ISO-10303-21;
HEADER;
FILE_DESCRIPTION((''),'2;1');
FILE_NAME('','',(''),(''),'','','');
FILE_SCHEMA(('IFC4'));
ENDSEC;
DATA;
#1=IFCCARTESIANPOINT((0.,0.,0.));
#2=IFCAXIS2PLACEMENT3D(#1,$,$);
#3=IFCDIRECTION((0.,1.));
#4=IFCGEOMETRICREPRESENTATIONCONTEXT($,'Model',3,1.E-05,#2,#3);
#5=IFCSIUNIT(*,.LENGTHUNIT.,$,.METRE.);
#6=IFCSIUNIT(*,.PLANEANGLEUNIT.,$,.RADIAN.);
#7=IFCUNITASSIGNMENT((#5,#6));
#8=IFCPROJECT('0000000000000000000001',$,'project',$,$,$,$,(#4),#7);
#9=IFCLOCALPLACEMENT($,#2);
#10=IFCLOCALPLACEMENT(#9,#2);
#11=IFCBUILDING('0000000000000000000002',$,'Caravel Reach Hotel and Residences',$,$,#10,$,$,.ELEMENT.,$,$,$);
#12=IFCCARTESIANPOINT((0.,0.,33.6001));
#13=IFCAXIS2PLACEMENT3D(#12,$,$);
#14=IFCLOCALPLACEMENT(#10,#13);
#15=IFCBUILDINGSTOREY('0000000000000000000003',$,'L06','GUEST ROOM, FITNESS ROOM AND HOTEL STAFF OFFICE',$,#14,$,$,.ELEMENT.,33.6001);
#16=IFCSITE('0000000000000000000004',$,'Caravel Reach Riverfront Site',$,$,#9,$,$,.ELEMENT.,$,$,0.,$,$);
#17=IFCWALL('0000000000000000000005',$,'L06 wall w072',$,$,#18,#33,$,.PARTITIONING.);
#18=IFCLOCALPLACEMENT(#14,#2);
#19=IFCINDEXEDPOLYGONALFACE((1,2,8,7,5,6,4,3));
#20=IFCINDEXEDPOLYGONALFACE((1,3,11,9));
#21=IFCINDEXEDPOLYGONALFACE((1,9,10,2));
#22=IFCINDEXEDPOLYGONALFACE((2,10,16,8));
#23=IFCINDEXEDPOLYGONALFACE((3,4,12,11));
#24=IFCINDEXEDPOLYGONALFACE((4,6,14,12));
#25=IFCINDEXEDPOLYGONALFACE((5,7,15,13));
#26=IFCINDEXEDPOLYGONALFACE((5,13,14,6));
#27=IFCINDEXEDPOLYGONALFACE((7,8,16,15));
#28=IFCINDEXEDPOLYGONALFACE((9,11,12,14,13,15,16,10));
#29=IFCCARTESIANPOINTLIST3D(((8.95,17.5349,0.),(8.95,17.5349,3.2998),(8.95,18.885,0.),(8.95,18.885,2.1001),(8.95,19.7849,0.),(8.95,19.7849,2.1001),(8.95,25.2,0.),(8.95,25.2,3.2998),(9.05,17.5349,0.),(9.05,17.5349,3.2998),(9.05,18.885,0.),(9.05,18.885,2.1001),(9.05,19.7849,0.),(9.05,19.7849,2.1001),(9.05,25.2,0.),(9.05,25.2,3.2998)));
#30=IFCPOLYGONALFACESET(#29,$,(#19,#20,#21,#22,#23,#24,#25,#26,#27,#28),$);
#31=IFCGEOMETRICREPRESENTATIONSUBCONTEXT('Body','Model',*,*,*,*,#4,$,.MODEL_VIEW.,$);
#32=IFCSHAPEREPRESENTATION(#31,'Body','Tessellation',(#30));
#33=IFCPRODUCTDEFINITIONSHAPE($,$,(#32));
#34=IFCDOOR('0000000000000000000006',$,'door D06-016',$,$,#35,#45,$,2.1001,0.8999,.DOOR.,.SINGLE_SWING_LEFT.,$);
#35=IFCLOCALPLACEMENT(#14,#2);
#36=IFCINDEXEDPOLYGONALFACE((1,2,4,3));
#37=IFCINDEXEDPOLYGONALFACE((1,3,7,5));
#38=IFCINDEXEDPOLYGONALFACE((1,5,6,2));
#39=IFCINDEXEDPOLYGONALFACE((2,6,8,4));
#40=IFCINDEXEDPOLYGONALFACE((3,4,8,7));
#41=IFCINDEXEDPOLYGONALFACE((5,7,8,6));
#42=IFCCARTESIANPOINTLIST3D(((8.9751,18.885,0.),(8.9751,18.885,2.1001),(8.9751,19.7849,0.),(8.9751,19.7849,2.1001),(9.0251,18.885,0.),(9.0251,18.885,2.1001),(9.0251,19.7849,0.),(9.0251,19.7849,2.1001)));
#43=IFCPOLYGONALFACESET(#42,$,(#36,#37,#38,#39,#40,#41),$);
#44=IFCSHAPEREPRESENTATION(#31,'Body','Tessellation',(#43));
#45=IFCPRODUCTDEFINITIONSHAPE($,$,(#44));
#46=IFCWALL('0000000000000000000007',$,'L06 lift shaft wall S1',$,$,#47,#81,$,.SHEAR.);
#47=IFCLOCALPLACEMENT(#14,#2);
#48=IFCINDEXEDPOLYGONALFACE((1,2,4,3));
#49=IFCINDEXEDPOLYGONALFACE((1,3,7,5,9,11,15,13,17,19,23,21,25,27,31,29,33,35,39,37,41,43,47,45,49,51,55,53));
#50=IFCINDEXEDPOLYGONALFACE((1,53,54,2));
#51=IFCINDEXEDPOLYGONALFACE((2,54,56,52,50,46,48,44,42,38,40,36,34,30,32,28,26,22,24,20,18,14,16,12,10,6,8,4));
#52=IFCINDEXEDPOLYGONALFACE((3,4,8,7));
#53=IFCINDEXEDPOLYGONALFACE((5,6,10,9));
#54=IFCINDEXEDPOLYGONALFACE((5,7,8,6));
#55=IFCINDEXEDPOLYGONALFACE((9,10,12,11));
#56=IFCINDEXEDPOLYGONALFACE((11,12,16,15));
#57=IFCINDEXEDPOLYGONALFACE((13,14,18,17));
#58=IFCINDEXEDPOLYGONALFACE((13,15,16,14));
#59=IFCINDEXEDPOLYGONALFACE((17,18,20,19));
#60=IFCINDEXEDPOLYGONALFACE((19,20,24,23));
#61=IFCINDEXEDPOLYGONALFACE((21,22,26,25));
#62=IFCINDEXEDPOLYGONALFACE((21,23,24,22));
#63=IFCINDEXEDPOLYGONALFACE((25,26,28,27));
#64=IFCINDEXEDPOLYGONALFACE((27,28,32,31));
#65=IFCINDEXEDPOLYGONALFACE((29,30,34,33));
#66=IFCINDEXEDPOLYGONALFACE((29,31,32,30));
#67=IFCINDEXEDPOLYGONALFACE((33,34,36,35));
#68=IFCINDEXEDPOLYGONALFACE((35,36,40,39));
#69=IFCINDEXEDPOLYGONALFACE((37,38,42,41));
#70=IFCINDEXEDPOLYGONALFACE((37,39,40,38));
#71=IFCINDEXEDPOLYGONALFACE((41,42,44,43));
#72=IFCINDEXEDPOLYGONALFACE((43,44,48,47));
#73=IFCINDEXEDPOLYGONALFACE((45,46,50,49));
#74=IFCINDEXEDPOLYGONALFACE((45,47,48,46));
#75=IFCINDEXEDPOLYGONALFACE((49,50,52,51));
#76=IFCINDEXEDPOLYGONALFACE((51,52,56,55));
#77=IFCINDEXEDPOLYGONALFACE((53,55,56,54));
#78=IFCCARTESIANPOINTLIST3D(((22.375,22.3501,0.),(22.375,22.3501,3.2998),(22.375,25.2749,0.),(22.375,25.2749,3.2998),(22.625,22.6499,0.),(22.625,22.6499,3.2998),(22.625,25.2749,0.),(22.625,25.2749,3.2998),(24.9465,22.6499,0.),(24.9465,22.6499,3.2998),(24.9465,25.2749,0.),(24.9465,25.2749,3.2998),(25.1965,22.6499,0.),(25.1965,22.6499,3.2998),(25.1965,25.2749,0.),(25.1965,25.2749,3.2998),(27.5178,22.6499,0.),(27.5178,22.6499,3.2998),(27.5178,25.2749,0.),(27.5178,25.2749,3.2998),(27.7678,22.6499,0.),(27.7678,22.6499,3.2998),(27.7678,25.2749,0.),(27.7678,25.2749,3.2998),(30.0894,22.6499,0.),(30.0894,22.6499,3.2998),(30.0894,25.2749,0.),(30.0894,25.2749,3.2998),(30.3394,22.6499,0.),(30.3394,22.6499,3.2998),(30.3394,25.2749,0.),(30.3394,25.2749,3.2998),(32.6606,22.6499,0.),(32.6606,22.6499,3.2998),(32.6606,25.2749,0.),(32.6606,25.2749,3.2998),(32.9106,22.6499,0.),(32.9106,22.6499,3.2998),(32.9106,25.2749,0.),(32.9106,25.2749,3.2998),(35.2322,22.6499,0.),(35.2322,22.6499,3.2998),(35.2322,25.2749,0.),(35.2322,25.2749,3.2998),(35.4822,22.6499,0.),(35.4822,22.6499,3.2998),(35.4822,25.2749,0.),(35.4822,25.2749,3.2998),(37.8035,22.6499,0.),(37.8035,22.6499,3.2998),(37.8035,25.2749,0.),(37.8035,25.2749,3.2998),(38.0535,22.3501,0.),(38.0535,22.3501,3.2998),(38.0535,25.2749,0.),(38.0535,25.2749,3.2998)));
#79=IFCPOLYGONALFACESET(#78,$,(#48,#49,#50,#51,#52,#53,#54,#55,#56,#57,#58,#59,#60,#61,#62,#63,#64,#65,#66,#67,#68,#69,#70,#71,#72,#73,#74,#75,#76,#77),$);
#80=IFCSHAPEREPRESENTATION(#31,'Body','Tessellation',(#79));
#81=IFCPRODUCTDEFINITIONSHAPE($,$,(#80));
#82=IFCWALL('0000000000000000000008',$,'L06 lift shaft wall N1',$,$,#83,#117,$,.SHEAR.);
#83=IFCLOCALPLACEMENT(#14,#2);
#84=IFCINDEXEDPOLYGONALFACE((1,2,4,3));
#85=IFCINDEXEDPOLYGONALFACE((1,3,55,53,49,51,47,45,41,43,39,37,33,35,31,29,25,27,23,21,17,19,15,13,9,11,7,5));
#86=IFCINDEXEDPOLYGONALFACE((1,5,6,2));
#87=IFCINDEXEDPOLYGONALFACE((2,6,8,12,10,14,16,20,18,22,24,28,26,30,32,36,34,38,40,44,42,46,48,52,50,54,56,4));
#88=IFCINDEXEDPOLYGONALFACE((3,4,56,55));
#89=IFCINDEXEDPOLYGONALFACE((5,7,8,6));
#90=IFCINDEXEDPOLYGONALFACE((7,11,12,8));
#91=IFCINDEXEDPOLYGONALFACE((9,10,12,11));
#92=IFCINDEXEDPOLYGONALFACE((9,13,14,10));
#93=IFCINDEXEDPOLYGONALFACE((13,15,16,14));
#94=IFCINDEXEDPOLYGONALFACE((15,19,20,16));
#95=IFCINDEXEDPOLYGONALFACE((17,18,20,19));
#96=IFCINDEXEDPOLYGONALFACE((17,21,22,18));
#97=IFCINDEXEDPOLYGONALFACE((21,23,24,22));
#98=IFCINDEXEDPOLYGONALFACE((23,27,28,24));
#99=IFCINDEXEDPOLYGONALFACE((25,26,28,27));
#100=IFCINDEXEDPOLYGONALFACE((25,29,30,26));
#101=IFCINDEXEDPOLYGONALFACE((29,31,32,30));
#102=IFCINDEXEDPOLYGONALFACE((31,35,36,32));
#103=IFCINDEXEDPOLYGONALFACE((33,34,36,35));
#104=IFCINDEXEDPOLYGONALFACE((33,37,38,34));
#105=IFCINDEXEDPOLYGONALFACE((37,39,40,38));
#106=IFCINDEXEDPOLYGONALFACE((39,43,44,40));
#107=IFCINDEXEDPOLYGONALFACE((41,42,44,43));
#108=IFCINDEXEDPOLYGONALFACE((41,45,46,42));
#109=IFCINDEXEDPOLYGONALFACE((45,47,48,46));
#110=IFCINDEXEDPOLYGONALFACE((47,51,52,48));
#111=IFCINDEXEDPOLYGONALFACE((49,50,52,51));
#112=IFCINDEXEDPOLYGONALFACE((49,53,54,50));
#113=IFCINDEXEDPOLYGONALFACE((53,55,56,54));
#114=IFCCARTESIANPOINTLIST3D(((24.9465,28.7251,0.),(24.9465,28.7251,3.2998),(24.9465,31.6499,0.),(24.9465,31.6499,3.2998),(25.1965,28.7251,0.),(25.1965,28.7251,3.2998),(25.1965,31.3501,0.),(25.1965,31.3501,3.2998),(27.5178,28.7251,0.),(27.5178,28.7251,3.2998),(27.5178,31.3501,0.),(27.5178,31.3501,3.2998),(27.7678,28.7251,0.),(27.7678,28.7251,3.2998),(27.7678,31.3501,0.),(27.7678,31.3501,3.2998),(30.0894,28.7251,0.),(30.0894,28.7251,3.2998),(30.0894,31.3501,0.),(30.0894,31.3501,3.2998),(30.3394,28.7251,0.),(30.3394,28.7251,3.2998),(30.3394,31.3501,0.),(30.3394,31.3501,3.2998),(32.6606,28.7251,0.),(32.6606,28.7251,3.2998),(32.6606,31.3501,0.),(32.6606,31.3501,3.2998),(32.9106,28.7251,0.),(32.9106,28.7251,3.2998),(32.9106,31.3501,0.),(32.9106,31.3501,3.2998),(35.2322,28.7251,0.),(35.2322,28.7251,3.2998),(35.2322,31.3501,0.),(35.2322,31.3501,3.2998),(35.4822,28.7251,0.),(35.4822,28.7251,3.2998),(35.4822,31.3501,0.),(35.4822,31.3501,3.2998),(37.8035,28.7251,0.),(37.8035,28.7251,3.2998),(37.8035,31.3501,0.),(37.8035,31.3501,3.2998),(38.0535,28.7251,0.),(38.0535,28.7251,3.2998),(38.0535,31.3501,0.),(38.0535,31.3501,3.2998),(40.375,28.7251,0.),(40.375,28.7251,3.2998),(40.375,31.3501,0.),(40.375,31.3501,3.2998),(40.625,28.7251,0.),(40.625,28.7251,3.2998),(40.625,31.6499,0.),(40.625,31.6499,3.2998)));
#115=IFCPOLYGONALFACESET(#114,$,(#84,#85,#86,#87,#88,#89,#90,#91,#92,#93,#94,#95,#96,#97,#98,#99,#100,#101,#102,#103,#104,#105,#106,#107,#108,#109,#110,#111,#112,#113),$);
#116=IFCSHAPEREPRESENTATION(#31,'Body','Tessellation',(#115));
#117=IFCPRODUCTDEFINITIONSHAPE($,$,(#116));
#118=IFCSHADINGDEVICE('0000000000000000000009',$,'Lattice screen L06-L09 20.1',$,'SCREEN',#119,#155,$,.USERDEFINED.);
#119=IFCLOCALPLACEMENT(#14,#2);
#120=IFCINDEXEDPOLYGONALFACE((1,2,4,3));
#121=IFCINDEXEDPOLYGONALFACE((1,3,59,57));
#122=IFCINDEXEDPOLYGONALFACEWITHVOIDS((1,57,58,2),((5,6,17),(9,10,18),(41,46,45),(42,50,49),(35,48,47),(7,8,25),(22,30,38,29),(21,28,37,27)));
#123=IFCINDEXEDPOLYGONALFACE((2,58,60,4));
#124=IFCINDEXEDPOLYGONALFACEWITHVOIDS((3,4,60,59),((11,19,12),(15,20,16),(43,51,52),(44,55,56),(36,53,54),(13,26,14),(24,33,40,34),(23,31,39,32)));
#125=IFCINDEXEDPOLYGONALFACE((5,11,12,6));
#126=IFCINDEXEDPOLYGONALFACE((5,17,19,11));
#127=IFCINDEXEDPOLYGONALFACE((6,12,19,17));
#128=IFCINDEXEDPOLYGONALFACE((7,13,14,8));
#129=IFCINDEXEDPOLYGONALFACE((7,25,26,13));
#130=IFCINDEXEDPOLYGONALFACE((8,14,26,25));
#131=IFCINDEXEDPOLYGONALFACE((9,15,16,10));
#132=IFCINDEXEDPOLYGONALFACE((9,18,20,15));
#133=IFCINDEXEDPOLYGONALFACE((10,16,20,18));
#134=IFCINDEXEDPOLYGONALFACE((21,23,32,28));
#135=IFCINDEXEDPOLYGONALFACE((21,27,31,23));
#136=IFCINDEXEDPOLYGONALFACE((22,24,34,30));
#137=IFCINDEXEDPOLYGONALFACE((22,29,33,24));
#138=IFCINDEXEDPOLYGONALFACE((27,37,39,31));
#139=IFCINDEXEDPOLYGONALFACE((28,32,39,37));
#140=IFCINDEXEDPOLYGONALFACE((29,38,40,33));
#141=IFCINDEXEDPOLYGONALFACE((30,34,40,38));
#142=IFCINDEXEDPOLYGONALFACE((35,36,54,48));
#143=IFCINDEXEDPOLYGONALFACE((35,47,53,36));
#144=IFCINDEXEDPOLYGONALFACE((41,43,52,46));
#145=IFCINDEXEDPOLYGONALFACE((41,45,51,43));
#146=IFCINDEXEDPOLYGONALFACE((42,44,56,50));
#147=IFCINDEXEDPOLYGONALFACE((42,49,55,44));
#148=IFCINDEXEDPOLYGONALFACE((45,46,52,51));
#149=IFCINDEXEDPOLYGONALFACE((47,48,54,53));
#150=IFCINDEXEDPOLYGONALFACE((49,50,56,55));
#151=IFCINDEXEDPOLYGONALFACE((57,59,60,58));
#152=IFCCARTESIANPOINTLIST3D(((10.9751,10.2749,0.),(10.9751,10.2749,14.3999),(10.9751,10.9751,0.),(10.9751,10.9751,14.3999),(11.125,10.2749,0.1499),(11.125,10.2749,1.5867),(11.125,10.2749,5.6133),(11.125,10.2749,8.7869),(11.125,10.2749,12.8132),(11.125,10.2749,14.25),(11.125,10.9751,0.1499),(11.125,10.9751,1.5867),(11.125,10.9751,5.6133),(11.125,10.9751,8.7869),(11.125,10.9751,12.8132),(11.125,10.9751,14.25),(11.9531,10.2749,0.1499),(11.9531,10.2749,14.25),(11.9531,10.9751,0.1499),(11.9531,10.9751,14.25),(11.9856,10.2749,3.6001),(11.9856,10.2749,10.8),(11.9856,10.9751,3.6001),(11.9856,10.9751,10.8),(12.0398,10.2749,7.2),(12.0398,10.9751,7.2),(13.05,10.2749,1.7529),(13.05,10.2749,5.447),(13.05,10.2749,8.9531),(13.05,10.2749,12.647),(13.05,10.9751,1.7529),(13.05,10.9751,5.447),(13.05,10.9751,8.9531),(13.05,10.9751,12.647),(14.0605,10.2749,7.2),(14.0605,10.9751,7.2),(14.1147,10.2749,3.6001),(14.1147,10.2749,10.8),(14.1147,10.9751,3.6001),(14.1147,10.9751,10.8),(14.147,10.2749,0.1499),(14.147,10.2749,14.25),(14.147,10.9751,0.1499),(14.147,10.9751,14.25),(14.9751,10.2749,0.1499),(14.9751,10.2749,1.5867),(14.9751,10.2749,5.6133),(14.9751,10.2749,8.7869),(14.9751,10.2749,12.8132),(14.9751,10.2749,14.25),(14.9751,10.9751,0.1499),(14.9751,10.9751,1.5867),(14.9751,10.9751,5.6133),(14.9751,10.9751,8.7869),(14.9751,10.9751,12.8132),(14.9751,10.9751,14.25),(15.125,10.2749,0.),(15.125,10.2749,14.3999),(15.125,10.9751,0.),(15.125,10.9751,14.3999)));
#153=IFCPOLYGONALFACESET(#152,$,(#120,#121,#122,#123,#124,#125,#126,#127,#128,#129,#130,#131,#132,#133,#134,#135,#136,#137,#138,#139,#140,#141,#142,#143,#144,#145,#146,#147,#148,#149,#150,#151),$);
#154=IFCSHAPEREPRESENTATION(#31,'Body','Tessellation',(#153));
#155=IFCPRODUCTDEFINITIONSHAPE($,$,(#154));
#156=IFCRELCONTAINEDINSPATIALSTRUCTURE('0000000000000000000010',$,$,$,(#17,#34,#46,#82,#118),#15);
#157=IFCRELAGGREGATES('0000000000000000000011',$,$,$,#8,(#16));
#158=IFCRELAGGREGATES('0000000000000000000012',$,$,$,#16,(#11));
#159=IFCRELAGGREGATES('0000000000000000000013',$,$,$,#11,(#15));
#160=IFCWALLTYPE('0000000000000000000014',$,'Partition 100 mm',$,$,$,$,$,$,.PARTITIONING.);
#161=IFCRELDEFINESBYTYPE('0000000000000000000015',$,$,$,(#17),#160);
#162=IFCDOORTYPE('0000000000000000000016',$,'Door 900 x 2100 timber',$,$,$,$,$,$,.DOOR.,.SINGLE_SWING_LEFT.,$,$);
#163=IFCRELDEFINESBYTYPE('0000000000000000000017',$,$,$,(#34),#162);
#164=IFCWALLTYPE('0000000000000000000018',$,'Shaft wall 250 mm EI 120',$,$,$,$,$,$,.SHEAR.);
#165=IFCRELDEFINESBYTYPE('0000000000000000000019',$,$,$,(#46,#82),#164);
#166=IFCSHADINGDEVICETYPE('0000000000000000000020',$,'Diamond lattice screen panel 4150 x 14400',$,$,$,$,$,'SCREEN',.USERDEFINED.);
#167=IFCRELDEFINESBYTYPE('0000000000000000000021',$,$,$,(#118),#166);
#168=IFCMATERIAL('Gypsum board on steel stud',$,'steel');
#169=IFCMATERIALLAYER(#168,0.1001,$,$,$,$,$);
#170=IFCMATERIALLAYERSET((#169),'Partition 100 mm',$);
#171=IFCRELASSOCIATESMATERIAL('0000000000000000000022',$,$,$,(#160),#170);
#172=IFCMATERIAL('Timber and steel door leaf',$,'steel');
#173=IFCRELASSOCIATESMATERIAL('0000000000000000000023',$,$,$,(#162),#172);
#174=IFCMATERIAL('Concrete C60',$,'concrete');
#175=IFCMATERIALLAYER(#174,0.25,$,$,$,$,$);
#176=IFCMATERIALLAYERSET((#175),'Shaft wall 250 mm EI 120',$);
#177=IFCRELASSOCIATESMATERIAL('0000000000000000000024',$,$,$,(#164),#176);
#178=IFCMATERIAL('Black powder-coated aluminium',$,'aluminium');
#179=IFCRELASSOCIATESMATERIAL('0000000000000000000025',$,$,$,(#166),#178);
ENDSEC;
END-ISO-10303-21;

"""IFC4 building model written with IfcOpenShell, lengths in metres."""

from ifc_helpers import new_model, si_unit, direction, frame, frame_2d, origin, place, context, subcontext, project, spatial, polyline, rectangle, outline, extrude, material, layer, layer_set, type_object, element, fill, save


model = new_model("IFC4")

# Units and contexts
model_context = context("Model", 3, precision=1e-05, world=origin(), true_north=direction((0.0, 1.0)))
body_context = subcontext(model_context, "Body", "Model", "MODEL_VIEW")
ifc_project = project(units=[si_unit("LENGTHUNIT", "METRE"), si_unit("PLANEANGLEUNIT", "RADIAN")], contexts=[model_context])

# Site, building, storey
site_placement = place(None, origin())
site = spatial("IfcSite", under=ifc_project, at=site_placement, Name="Caravel Reach Riverfront Site", CompositionType="ELEMENT", RefElevation=0.0)
building_placement = place(site_placement, origin())
building = spatial("IfcBuilding", under=site, at=building_placement, Name="Caravel Reach Hotel and Residences", CompositionType="ELEMENT")
storey_placement = place(building_placement, frame((0.0, 0.0, 33.6001)))
storey = spatial("IfcBuildingStorey", under=building, at=storey_placement, Name="L06", Description="GUEST ROOM, FITNESS ROOM AND HOTEL STAFF OFFICE", CompositionType="ELEMENT", Elevation=33.6001)

# Wall, opening, door
ifc_material_1 = material(Name="Gypsum board on steel stud", Category="steel")
ifc_layer_1 = layer(ifc_material_1, 0.1001)
ifc_layer_set_1 = layer_set([ifc_layer_1], Name="Partition 100 mm")
wall_type_1 = type_object("IfcWallType", Name="Partition 100 mm", PredefinedType="PARTITIONING", material=ifc_layer_set_1)
wall_1_placement = place(storey_placement, frame((9.0, 17.5349, 0.0), z_axis=(0.0, 0.0, 1.0), x_axis=(0.0, 1.0, 0.0)))
wall_1 = element("IfcWall", 1, at=wall_1_placement, inside=storey, type_object=wall_type_1, Name="L06 wall w072", PredefinedType="PARTITIONING", context=body_context, shape_type="SweptSolid", body=[
    extrude(rectangle(XDim=7.665, YDim=0.1001, at=frame_2d((3.8325, 0.0))), origin(), (0.0, 0.0, 1.0), 3.2998),
])
opening_placement = place(wall_1_placement, frame((1.3501, 0.0, 0.0)))
opening = element("IfcOpeningElement", 2, at=opening_placement, cuts=wall_1, PredefinedType="OPENING", context=body_context, shape_type="SweptSolid", body=[
    extrude(rectangle(XDim=0.8999, YDim=2.1001, at=frame_2d((0.45, 1.05))), frame((0.0, 0.0601, 0.0), z_axis=(0.0, -1.0, 0.0), x_axis=(1.0, 0.0, 0.0)), (0.0, 0.0, 1.0), 0.1201),
])
ifc_material_2 = material(Name="Timber and steel door leaf", Category="steel")
door_type = type_object("IfcDoorType", Name="Door 900 x 2100 timber", OperationType="SINGLE_SWING_LEFT", PredefinedType="DOOR", material=ifc_material_2)
door_placement = place(opening_placement, origin())
door = element("IfcDoor", 3, at=door_placement, inside=storey, type_object=door_type, Name="door D06-016", OperationType="SINGLE_SWING_LEFT", OverallHeight=2.1001, OverallWidth=0.8999, PredefinedType="DOOR", context=body_context, shape_type="SweptSolid", body=[
    extrude(rectangle(XDim=0.8999, YDim=2.1001, at=frame_2d((0.45, 1.05))), frame((0.0, 0.0249, 0.0), z_axis=(0.0, -1.0, 0.0), x_axis=(1.0, 0.0, 0.0)), (0.0, 0.0, 1.0), 0.05),
])
fill(opening, door)

# Walls
ifc_material_3 = material(Name="Concrete C60", Category="concrete")
ifc_layer_2 = layer(ifc_material_3, 0.25)
ifc_layer_set_2 = layer_set([ifc_layer_2], Name="Shaft wall 250 mm EI 120")
wall_type_2 = type_object("IfcWallType", Name="Shaft wall 250 mm EI 120", PredefinedType="SHEAR", material=ifc_layer_set_2)
wall_2_placement = place(storey_placement, origin())
element("IfcWall", 4, at=wall_2_placement, inside=storey, type_object=wall_type_2, Name="L06 lift shaft wall S1", PredefinedType="SHEAR", context=body_context, shape_type="SweptSolid", body=[
    extrude(outline(polyline([(22.375, 22.3501), (38.0535, 22.3501), (38.0535, 25.2749), (37.8035, 25.2749), (37.8035, 22.6499), (35.4822, 22.6499), (35.4822, 25.2749), (35.2322, 25.2749), (35.2322, 22.6499), (32.9106, 22.6499), (32.9106, 25.2749), (32.6606, 25.2749), (32.6606, 22.6499), (30.3394, 22.6499), (30.3394, 25.2749), (30.0894, 25.2749), (30.0894, 22.6499), (27.7678, 22.6499), (27.7678, 25.2749), (27.5178, 25.2749), (27.5178, 22.6499), (25.1965, 22.6499), (25.1965, 25.2749), (24.9465, 25.2749), (24.9465, 22.6499), (22.625, 22.6499), (22.625, 25.2749), (22.375, 25.2749), (22.375, 22.3501)])), origin(), (0.0, 0.0, 1.0), 3.2998),
])
wall_3_placement = place(storey_placement, origin())
element("IfcWall", 5, at=wall_3_placement, inside=storey, type_object=wall_type_2, Name="L06 lift shaft wall N1", PredefinedType="SHEAR", context=body_context, shape_type="SweptSolid", body=[
    extrude(outline(polyline([(24.9465, 28.7251), (25.1965, 28.7251), (25.1965, 31.3501), (27.5178, 31.3501), (27.5178, 28.7251), (27.7678, 28.7251), (27.7678, 31.3501), (30.0894, 31.3501), (30.0894, 28.7251), (30.3394, 28.7251), (30.3394, 31.3501), (32.6606, 31.3501), (32.6606, 28.7251), (32.9106, 28.7251), (32.9106, 31.3501), (35.2322, 31.3501), (35.2322, 28.7251), (35.4822, 28.7251), (35.4822, 31.3501), (37.8035, 31.3501), (37.8035, 28.7251), (38.0535, 28.7251), (38.0535, 31.3501), (40.375, 31.3501), (40.375, 28.7251), (40.625, 28.7251), (40.625, 31.6499), (24.9465, 31.6499), (24.9465, 28.7251)])), origin(), (0.0, 0.0, 1.0), 3.2998),
])

# Shading device
ifc_material_4 = material(Name="Black powder-coated aluminium", Category="aluminium")
shading_device_type_1 = type_object("IfcShadingDeviceType", Name="Diamond lattice screen panel 4150 x 14400", ElementType="SCREEN", PredefinedType="USERDEFINED", material=ifc_material_4)
shading_device_1_placement = place(storey_placement, frame((10.9751, 10.9751, 0.0), z_axis=(0.0, -1.0, 0.0), x_axis=(1.0, 0.0, 0.0)))
element("IfcShadingDevice", 6, at=shading_device_1_placement, inside=storey, type_object=shading_device_type_1, Name="Lattice screen L06-L09 20.1", ObjectType="SCREEN", PredefinedType="USERDEFINED", context=body_context, shape_type="SweptSolid", body=[
    extrude(outline(polyline([(0.0, 0.0), (4.1499, 0.0), (4.1499, 14.3999), (0.0, 14.3999), (0.0, 0.0)]), holes=[polyline([(0.978, 0.1499), (0.1499, 1.5867), (0.1499, 0.1499), (0.978, 0.1499)]), polyline([(1.0647, 7.2), (0.1499, 8.7869), (0.1499, 5.6133), (1.0647, 7.2)]), polyline([(0.1499, 12.8132), (0.978, 14.25), (0.1499, 14.25), (0.1499, 12.8132)]), polyline([(2.075, 5.447), (1.0105, 3.6001), (2.075, 1.7529), (3.1396, 3.6001), (2.075, 5.447)]), polyline([(2.075, 12.647), (1.0105, 10.8), (2.075, 8.9531), (3.1396, 10.8), (2.075, 12.647)]), polyline([(4.0, 1.5867), (3.1719, 0.1499), (4.0, 0.1499), (4.0, 1.5867)]), polyline([(3.0854, 7.2), (4.0, 5.6133), (4.0, 8.7869), (3.0854, 7.2)]), polyline([(3.1719, 14.25), (4.0, 12.8132), (4.0, 14.25), (3.1719, 14.25)])]), origin(), (0.0, 0.0, 1.0), 0.7002),
])

save(model, "model.ifc")
